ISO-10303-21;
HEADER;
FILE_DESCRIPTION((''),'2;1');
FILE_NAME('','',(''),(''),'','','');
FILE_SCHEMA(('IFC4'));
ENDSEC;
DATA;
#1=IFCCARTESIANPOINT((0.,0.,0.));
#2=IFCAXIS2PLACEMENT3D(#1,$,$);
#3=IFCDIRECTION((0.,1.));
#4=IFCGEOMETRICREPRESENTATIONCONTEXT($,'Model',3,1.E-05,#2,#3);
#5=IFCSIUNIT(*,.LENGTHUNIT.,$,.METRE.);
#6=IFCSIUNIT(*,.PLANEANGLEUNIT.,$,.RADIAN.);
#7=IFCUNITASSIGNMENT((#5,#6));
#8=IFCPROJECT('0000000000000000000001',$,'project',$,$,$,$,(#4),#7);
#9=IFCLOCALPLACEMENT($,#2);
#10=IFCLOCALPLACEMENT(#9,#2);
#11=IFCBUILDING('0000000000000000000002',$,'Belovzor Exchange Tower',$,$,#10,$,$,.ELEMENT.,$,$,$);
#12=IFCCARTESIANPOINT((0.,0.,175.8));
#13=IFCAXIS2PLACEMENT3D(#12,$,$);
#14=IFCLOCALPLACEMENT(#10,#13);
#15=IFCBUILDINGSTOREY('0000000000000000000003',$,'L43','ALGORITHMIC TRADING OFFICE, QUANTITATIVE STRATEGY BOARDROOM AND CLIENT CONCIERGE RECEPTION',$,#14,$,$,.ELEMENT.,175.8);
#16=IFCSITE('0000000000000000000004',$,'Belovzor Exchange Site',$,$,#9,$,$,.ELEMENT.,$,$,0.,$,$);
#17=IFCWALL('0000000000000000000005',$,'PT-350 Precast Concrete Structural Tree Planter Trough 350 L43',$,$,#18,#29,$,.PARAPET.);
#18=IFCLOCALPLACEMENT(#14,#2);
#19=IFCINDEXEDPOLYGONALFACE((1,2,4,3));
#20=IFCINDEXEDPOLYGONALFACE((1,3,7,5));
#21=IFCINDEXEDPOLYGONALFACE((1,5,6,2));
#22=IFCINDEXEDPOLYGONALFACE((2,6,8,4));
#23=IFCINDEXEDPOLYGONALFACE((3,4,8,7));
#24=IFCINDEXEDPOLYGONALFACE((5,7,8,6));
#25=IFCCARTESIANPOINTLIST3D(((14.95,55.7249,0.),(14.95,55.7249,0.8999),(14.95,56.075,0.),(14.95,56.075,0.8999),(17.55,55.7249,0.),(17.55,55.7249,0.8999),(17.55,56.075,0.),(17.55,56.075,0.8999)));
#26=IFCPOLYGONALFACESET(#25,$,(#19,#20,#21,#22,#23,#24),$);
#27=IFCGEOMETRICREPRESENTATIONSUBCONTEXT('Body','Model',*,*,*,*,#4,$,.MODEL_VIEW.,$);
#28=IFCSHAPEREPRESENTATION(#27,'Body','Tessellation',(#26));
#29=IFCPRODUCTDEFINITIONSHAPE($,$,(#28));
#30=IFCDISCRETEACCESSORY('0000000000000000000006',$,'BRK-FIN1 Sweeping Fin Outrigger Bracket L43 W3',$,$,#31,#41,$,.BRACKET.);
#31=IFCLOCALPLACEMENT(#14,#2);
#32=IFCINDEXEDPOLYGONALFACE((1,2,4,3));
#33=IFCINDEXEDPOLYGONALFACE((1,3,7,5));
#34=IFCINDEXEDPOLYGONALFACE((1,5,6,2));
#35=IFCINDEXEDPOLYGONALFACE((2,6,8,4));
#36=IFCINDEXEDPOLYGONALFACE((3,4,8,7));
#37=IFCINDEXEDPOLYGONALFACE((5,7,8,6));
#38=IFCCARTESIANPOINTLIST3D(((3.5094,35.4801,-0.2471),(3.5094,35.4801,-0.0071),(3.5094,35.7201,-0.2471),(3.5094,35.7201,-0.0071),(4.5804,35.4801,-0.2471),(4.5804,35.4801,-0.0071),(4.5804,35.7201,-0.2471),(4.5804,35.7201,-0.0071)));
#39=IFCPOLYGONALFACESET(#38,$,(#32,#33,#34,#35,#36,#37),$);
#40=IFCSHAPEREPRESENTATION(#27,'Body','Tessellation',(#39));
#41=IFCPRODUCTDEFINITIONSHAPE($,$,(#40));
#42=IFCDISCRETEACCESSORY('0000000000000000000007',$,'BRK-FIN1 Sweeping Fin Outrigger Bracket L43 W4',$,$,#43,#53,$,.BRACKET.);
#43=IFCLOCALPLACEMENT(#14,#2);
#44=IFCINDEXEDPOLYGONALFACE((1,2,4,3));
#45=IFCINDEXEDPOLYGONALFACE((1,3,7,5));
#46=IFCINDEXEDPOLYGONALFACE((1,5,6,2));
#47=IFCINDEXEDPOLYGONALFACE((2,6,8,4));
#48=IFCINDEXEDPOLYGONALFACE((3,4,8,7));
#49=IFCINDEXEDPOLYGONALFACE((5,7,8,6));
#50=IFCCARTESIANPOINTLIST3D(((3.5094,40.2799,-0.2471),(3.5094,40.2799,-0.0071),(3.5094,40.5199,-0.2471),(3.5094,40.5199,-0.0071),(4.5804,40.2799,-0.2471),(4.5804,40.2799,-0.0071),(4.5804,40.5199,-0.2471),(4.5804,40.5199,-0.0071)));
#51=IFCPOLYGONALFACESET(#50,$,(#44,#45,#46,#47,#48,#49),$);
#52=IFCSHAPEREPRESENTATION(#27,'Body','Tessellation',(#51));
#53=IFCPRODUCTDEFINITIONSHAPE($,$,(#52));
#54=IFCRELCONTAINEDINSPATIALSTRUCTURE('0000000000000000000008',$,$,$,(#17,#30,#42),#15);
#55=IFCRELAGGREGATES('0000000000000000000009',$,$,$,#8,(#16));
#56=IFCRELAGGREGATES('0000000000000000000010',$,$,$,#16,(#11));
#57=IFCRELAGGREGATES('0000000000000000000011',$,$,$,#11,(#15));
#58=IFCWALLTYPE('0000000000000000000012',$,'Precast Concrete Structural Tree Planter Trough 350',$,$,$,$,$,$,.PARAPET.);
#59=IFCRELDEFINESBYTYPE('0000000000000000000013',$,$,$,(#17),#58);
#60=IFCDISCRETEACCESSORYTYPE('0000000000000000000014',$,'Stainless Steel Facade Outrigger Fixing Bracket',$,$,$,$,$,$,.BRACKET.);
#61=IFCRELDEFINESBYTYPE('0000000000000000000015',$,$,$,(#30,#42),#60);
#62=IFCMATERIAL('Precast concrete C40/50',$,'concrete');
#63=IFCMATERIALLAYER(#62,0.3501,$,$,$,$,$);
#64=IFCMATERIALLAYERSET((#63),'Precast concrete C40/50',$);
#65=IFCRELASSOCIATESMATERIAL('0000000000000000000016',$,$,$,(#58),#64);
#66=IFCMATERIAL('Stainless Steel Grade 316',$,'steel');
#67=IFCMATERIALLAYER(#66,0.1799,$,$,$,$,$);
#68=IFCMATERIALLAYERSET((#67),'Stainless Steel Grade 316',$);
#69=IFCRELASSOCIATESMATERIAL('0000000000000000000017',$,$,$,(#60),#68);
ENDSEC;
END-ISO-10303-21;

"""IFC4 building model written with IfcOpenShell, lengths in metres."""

from ifc_helpers import new_model, si_unit, direction, frame, frame_2d, origin, origin_2d, place, context, subcontext, project, spatial, rectangle, extrude, material, layer, layer_set, type_object, element, save


model = new_model("IFC4")

# Units and contexts
model_context = context("Model", 3, precision=1e-05, world=origin(), true_north=direction((0.0, 1.0)))
body_context = subcontext(model_context, "Body", "Model", "MODEL_VIEW")
ifc_project = project(units=[si_unit("LENGTHUNIT", "METRE"), si_unit("PLANEANGLEUNIT", "RADIAN")], contexts=[model_context])

# Site, building, storey
site_placement = place(None, origin())
site = spatial("IfcSite", under=ifc_project, at=site_placement, Name="Belovzor Exchange Site", CompositionType="ELEMENT", RefElevation=0.0)
building_placement = place(site_placement, origin())
building = spatial("IfcBuilding", under=site, at=building_placement, Name="Belovzor Exchange Tower", CompositionType="ELEMENT")
storey_placement = place(building_placement, frame((0.0, 0.0, 175.8)))
storey = spatial("IfcBuildingStorey", under=building, at=storey_placement, Name="L43", Description="ALGORITHMIC TRADING OFFICE, QUANTITATIVE STRATEGY BOARDROOM AND CLIENT CONCIERGE RECEPTION", CompositionType="ELEMENT", Elevation=175.8)

# Wall
ifc_material_1 = material(Name="Precast concrete C40/50", Category="concrete")
ifc_layer_1 = layer(ifc_material_1, 0.3501)
ifc_layer_set_1 = layer_set([ifc_layer_1], Name="Precast concrete C40/50")
wall_type_1 = type_object("IfcWallType", Name="Precast Concrete Structural Tree Planter Trough 350", PredefinedType="PARAPET", material=ifc_layer_set_1)
wall_1_placement = place(storey_placement, frame((14.95, 55.8999, 0.0), z_axis=(0.0, 0.0, 1.0), x_axis=(1.0, 0.0, 0.0)))
element("IfcWall", 1, at=wall_1_placement, inside=storey, type_object=wall_type_1, Name="PT-350 Precast Concrete Structural Tree Planter Trough 350 L43", PredefinedType="PARAPET", context=body_context, shape_type="SweptSolid", body=[
    extrude(rectangle(XDim=2.6001, YDim=0.3501, at=frame_2d((1.3, 0.0))), origin(), (0.0, 0.0, 1.0), 0.8999),
])

# Discrete accessories
ifc_material_2 = material(Name="Stainless Steel Grade 316", Category="steel")
ifc_layer_2 = layer(ifc_material_2, 0.1799)
ifc_layer_set_2 = layer_set([ifc_layer_2], Name="Stainless Steel Grade 316")
discrete_accessory_type = type_object("IfcDiscreteAccessoryType", Name="Stainless Steel Facade Outrigger Fixing Bracket", PredefinedType="BRACKET", material=ifc_layer_set_2)
for number, where, z_axis, x_axis, name in (
    (2, (4.0449, 35.6001, -0.2471), (0.0, 0.0, 1.0), (1.0, 0.0, 0.0), "BRK-FIN1 Sweeping Fin Outrigger Bracket L43 W3"),
    (3, (4.0449, 40.3999, -0.2471), (0.0, 0.0, 1.0), (1.0, 0.0, 0.0), "BRK-FIN1 Sweeping Fin Outrigger Bracket L43 W4"),
):
    element("IfcDiscreteAccessory", number, at=place(storey_placement, frame(where, z_axis=z_axis, x_axis=x_axis)), inside=storey, type_object=discrete_accessory_type, Name=name, PredefinedType="BRACKET", context=body_context, shape_type="SweptSolid", body=[
        extrude(rectangle(XDim=1.071, YDim=0.24, at=origin_2d()), origin(), (0.0, 0.0, 1.0), 0.24),
    ])

save(model, "model.ifc")
